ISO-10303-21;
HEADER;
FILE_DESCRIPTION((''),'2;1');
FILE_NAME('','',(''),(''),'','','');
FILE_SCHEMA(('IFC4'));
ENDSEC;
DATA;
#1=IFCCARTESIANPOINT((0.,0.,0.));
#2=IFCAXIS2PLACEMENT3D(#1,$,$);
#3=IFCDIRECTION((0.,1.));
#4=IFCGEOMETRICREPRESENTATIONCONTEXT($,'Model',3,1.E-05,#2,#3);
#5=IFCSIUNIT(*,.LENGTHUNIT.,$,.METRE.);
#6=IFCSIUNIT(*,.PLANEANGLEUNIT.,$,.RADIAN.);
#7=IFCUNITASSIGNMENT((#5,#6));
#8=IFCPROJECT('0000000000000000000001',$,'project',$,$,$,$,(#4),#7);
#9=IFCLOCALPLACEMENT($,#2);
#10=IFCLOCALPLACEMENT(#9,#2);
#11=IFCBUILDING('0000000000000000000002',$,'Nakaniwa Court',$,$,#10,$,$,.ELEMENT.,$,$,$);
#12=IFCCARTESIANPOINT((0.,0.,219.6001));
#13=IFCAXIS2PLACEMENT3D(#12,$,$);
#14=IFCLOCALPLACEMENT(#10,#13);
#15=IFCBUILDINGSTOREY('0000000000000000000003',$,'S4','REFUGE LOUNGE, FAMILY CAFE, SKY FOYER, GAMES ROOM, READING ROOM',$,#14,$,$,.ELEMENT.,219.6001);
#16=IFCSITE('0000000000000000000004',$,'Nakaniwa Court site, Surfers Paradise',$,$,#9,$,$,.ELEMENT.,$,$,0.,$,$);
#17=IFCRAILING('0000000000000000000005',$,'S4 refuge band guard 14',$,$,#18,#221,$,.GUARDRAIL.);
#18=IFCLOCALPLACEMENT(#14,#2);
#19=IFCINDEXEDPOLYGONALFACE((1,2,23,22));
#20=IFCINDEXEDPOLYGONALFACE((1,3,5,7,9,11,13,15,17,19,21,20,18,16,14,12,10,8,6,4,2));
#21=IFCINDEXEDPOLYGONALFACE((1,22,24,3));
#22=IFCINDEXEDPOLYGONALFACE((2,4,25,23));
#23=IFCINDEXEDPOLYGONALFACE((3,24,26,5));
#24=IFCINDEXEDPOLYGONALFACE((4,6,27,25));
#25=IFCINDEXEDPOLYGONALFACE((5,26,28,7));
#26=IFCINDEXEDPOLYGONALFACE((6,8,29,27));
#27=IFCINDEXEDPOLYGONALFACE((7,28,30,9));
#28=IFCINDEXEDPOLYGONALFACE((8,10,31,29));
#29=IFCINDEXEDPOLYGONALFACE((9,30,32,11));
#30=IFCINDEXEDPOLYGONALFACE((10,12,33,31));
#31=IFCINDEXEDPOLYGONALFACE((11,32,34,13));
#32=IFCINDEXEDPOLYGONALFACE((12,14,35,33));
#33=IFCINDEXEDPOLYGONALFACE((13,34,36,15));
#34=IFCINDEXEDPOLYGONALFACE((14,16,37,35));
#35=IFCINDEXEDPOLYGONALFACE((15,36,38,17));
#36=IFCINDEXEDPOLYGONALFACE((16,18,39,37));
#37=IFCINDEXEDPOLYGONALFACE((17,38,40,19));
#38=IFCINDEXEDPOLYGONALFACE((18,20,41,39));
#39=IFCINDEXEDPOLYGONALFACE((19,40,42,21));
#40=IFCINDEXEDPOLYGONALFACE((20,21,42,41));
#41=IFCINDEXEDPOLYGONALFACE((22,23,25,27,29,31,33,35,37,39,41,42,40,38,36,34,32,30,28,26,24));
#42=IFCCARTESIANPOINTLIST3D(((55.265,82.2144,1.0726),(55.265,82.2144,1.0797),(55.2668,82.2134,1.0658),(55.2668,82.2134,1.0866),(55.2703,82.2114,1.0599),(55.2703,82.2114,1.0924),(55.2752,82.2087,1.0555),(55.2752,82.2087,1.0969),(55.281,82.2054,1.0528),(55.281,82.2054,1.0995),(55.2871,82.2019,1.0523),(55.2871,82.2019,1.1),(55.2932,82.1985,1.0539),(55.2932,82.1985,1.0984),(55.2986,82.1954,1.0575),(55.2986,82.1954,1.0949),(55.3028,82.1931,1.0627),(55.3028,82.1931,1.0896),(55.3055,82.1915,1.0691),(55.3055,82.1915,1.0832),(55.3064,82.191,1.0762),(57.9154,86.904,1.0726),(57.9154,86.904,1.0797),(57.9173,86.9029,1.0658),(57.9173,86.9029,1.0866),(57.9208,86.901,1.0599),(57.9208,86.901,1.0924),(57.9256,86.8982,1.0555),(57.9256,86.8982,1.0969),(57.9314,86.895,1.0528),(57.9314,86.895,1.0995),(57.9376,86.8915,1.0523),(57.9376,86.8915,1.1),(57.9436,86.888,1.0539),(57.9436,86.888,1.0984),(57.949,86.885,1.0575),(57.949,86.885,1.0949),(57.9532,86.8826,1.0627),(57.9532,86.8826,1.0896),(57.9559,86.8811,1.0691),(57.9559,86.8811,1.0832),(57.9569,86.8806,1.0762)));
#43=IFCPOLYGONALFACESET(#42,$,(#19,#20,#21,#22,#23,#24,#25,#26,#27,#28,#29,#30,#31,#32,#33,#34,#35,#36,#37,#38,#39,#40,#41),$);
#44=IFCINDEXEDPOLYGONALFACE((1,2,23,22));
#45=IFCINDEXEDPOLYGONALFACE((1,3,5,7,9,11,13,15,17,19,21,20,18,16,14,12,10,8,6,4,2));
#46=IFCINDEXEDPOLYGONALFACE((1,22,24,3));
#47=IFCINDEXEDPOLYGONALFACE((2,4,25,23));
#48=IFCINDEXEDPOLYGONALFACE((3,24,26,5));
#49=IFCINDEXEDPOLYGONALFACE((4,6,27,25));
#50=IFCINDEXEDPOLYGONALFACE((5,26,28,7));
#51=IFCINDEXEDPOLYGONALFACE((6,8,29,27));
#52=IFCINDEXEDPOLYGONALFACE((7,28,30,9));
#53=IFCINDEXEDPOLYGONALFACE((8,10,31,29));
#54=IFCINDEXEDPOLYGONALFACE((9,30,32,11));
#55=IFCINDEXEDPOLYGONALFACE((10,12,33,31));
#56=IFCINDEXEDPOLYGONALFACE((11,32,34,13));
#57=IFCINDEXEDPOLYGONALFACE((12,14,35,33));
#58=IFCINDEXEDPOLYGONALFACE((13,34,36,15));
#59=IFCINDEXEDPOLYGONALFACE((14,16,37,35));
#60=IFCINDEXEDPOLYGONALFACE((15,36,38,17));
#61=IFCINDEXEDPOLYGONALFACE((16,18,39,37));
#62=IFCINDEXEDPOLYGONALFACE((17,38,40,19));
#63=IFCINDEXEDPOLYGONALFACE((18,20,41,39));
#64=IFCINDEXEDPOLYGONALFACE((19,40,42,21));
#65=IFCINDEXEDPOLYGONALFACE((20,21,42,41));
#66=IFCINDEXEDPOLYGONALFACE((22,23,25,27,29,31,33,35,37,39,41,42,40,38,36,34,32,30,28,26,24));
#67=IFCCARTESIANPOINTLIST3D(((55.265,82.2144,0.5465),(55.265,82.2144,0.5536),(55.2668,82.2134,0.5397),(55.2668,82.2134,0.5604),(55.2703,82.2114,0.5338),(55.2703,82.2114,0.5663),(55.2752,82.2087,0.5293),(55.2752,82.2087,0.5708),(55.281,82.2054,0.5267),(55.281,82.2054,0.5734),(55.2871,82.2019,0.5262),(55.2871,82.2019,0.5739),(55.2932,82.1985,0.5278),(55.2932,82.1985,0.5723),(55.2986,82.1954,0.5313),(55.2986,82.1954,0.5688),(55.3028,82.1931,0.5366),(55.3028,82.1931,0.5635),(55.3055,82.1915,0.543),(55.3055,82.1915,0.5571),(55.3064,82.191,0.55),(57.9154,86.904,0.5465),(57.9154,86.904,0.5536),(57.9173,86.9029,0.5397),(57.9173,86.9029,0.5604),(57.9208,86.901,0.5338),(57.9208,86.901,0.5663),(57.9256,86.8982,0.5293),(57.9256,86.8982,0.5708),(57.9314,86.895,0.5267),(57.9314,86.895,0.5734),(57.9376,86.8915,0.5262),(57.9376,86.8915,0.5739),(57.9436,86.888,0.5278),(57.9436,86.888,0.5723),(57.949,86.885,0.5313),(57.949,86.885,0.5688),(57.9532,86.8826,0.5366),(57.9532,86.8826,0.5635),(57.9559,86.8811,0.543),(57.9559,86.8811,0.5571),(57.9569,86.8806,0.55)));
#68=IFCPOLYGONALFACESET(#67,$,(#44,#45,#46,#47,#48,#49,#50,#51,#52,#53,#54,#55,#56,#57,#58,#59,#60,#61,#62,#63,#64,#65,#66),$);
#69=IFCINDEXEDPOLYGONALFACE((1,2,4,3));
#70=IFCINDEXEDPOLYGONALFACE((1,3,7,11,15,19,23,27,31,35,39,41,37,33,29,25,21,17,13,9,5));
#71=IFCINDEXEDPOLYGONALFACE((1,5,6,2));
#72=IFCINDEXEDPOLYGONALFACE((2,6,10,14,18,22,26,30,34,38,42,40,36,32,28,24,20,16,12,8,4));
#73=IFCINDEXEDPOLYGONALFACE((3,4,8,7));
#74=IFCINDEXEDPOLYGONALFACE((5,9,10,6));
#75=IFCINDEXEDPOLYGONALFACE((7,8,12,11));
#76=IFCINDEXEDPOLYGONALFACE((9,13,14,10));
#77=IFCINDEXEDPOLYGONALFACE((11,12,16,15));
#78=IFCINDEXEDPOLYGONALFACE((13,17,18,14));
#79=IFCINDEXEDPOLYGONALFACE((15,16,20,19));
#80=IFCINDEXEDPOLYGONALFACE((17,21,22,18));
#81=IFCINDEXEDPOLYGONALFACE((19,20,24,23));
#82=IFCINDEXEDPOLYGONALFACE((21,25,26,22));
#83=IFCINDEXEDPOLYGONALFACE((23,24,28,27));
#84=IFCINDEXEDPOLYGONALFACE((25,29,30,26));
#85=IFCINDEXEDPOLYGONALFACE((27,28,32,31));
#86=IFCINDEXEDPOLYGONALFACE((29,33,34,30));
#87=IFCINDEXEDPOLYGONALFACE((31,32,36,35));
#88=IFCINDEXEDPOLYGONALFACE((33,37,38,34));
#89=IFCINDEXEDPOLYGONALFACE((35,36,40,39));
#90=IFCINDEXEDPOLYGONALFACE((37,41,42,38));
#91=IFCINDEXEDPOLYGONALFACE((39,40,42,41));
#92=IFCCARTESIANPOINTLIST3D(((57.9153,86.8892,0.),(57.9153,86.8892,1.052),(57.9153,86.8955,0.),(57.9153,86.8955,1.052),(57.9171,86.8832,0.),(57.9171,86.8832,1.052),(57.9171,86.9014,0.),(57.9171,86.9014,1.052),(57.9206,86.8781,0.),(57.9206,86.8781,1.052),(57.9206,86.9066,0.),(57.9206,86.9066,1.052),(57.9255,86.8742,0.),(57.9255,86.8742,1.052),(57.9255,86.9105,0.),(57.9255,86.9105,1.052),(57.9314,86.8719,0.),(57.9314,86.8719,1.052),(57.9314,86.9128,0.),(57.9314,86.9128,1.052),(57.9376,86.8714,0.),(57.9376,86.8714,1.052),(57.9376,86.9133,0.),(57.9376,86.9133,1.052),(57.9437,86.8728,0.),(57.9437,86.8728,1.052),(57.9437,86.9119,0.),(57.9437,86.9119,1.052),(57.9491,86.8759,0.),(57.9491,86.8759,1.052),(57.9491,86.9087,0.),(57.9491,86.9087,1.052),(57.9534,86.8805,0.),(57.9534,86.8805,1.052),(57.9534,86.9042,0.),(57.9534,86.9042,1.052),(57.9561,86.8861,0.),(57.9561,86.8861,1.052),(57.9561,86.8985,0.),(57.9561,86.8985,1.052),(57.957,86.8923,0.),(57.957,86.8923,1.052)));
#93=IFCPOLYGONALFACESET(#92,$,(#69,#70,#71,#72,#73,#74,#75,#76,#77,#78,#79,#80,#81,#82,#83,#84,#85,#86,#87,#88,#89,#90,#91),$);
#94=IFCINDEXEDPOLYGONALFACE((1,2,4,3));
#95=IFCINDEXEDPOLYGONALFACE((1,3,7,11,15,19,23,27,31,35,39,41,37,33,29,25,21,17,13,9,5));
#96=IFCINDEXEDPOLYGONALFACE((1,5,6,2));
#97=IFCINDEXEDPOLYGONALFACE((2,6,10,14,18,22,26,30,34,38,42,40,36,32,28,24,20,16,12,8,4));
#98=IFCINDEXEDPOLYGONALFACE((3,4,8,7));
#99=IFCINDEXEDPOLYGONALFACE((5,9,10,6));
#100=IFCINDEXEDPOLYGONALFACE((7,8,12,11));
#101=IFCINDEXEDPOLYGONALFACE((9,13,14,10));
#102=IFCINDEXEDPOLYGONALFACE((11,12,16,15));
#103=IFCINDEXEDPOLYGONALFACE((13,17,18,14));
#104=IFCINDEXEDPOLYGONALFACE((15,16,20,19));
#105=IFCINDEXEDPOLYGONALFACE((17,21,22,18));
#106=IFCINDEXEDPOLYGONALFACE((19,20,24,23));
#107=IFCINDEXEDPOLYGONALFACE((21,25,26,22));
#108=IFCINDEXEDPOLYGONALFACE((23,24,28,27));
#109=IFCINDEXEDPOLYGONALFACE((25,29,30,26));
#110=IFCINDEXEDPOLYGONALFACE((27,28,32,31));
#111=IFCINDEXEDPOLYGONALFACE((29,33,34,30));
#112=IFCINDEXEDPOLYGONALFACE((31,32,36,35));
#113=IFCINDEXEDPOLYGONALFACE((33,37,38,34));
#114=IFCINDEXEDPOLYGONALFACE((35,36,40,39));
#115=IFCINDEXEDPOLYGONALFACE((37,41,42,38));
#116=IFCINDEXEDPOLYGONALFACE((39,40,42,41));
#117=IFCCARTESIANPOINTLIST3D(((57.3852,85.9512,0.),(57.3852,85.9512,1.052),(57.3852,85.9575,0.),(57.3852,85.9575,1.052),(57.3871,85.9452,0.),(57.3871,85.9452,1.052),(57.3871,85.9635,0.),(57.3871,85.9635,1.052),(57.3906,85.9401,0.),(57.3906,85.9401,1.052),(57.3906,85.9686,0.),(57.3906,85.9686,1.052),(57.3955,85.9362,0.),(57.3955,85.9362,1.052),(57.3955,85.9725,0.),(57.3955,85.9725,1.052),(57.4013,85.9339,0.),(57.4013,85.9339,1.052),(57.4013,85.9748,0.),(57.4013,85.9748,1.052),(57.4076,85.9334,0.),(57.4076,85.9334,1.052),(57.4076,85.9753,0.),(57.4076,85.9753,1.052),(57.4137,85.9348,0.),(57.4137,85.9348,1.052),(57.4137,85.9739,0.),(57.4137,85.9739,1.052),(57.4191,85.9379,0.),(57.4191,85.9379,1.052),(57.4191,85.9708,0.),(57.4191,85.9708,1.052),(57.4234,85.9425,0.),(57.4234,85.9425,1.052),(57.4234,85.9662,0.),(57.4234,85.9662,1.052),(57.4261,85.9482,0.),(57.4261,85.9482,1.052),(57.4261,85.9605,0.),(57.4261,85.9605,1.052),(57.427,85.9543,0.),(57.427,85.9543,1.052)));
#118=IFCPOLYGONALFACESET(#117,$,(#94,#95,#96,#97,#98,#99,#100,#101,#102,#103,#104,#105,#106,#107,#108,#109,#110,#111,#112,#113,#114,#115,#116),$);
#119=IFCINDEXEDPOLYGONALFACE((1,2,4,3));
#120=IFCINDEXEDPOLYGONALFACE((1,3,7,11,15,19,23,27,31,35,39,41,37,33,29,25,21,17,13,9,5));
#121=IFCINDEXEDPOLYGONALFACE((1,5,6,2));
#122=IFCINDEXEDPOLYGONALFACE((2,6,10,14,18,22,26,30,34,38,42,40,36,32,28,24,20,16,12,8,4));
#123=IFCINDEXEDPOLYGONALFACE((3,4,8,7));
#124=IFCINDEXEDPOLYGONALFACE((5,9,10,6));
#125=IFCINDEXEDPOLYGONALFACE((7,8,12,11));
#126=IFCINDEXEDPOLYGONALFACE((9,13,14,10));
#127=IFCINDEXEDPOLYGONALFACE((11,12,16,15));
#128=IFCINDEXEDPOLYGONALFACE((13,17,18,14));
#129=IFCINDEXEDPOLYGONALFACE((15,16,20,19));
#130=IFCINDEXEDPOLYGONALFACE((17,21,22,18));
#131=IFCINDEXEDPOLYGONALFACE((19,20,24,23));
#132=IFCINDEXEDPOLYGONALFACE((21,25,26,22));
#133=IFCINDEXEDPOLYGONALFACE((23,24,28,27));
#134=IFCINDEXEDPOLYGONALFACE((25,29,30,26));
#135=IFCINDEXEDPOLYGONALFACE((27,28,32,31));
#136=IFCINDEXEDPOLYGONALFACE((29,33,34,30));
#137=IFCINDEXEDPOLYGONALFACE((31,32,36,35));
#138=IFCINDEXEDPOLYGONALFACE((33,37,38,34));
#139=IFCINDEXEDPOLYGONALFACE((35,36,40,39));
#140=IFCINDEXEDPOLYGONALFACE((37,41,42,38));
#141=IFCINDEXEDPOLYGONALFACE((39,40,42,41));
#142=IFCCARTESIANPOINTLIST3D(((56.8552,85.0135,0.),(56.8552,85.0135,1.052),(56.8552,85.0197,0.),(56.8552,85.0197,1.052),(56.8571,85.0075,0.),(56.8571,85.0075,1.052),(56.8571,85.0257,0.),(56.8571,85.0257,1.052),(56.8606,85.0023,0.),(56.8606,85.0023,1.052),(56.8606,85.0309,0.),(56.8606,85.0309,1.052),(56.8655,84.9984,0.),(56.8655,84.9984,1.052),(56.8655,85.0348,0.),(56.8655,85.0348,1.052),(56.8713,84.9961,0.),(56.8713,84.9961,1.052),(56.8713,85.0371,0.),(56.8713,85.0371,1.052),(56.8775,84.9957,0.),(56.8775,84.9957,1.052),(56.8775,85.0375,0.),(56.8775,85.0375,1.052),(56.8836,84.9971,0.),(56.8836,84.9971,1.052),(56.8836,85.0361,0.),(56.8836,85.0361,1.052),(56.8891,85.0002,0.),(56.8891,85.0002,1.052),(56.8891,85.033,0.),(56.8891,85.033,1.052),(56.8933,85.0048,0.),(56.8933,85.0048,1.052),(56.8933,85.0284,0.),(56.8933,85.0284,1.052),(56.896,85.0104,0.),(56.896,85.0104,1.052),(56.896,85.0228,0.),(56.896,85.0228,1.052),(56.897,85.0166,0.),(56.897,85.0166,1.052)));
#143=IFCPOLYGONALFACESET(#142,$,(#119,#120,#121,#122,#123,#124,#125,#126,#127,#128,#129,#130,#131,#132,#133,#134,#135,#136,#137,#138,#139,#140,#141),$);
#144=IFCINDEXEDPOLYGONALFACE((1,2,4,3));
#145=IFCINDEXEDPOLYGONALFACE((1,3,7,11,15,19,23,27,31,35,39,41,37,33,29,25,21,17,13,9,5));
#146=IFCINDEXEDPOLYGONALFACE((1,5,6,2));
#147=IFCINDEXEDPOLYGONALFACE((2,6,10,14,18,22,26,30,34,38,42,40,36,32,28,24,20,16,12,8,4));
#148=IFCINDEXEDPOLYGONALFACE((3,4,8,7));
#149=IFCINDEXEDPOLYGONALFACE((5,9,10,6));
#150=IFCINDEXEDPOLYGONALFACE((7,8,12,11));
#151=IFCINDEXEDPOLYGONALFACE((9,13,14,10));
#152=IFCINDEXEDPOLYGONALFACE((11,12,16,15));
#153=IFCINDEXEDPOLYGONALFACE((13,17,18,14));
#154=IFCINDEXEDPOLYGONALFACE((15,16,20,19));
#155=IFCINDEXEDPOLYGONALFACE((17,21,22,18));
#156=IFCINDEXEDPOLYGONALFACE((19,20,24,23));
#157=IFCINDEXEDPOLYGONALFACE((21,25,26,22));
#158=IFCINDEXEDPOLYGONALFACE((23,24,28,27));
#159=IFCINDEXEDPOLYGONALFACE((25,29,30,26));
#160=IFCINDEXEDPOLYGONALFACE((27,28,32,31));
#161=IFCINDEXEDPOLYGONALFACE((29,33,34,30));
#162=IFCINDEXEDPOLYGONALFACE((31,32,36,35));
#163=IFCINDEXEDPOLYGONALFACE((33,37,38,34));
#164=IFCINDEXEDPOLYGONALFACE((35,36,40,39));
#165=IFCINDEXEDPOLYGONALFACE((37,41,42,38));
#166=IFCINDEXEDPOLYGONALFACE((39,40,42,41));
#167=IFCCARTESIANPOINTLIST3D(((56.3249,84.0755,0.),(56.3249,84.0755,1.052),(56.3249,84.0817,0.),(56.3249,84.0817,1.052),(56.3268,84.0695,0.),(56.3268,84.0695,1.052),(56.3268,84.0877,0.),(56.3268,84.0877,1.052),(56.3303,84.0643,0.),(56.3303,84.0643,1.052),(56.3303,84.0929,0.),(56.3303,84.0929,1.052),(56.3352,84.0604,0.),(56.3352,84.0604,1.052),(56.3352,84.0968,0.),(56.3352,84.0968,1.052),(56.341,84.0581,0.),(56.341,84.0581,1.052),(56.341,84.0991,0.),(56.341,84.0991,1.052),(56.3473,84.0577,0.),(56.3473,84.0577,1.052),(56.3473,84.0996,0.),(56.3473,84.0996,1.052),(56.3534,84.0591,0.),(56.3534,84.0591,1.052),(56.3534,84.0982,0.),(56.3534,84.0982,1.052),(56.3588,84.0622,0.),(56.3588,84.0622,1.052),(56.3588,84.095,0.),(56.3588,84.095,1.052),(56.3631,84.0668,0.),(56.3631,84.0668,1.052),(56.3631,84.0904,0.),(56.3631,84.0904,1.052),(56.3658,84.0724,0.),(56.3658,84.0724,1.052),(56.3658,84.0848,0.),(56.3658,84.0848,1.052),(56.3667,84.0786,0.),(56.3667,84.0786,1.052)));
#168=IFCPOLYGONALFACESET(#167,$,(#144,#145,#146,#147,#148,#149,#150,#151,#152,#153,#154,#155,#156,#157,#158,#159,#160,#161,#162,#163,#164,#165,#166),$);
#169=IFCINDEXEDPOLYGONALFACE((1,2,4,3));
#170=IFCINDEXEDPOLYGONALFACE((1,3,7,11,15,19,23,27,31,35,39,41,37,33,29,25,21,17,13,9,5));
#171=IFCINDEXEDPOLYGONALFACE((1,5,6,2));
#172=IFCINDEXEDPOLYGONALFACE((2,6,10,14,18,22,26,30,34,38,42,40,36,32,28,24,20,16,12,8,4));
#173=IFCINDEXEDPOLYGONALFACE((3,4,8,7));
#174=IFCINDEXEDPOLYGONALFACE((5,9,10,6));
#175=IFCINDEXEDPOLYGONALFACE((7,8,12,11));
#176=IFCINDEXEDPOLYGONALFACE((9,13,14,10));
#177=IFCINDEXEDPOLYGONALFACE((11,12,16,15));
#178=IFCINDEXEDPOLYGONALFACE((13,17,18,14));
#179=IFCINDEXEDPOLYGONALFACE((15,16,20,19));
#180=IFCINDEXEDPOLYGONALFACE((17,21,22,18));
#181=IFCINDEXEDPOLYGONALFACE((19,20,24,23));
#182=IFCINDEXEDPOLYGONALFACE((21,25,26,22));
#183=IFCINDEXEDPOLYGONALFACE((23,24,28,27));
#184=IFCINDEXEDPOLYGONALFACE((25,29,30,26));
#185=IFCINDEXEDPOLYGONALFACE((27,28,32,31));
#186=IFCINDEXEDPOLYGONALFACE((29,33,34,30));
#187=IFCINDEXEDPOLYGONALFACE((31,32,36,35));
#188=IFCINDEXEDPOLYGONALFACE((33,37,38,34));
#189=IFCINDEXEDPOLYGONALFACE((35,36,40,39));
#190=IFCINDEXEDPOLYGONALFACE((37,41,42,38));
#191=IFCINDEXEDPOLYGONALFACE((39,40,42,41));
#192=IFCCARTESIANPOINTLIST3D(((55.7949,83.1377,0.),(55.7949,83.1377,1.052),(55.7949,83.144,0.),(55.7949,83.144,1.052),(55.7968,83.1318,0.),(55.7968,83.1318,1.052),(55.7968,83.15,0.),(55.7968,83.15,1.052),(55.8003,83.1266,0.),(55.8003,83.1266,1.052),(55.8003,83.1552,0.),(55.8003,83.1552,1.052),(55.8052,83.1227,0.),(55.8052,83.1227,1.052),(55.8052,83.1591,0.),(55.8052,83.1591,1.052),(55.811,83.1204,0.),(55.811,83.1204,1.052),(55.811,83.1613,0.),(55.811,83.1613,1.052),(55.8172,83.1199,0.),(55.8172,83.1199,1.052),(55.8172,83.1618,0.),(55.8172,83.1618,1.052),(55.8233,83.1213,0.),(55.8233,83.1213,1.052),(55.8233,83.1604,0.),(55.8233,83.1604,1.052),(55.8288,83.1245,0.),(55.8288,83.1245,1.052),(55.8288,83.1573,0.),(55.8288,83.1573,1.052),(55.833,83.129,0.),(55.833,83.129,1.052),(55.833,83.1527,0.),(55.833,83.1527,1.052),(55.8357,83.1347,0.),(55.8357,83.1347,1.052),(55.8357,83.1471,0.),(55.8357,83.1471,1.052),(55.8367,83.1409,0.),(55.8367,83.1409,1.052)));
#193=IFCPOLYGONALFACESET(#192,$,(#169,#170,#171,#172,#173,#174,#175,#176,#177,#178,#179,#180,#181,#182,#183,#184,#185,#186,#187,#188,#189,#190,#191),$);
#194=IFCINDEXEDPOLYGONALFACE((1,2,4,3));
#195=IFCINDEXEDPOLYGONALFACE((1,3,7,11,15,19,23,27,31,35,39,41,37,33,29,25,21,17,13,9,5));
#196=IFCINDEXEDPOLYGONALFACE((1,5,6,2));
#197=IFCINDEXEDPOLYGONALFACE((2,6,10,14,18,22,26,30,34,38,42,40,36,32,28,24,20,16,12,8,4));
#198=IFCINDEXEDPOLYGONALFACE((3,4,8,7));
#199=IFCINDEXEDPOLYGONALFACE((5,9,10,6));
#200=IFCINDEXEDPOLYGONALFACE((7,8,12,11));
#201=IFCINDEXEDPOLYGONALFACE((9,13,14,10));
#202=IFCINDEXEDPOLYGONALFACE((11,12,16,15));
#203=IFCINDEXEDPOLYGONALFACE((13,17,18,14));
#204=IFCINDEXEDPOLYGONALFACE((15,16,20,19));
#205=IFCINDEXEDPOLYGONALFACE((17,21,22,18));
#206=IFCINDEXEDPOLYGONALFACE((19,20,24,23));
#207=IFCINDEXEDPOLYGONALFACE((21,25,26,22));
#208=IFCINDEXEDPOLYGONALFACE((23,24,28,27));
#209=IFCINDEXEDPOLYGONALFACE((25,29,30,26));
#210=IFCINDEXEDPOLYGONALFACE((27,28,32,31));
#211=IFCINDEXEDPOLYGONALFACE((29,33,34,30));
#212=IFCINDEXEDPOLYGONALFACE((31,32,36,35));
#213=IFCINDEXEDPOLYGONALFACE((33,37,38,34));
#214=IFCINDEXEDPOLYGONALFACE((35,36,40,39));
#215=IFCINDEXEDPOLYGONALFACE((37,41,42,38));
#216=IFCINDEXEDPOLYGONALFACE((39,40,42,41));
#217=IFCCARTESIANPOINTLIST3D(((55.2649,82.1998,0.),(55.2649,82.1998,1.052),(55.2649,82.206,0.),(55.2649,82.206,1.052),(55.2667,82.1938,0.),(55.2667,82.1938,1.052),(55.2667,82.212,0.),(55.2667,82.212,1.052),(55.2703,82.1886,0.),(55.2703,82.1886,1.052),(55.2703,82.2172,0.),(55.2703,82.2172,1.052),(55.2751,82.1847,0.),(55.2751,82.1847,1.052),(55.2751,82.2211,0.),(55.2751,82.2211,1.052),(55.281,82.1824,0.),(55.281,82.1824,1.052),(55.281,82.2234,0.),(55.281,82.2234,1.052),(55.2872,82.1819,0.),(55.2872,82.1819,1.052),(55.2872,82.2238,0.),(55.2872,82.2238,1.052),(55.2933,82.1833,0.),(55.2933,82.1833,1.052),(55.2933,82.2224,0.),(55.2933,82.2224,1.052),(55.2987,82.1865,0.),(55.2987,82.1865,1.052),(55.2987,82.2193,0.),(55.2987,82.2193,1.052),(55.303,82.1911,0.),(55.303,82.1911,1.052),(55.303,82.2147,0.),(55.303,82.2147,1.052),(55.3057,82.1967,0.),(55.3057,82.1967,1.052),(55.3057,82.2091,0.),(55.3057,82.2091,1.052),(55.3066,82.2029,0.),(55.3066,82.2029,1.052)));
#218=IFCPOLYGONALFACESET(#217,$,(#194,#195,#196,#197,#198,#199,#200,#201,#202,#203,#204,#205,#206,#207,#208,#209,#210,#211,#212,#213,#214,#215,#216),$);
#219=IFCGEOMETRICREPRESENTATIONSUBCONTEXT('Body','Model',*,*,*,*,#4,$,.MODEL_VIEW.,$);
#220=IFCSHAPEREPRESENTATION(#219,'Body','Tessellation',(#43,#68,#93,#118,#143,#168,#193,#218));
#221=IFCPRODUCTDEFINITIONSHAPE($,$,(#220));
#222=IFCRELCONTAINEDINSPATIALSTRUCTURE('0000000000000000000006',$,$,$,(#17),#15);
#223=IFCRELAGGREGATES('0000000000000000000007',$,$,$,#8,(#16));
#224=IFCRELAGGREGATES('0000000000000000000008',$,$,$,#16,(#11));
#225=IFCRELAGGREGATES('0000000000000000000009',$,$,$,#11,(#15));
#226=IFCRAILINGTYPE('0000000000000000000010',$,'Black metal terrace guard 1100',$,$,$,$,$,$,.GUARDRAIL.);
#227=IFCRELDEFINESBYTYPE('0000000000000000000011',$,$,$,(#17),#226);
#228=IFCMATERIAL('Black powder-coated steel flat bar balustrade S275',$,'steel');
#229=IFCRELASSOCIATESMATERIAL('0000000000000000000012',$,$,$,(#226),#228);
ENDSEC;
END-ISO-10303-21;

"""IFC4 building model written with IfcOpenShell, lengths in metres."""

from ifc_helpers import new_model, si_unit, direction, frame, origin, origin_2d, place, context, subcontext, project, spatial, circle, extrude, material, type_object, element, save


model = new_model("IFC4")

# Units and contexts
model_context = context("Model", 3, precision=1e-05, world=origin(), true_north=direction((0.0, 1.0)))
body_context = subcontext(model_context, "Body", "Model", "MODEL_VIEW")
ifc_project = project(units=[si_unit("LENGTHUNIT", "METRE"), si_unit("PLANEANGLEUNIT", "RADIAN")], contexts=[model_context])

# Site, building, storey
site_placement = place(None, origin())
site = spatial("IfcSite", under=ifc_project, at=site_placement, Name="Nakaniwa Court site, Surfers Paradise", CompositionType="ELEMENT", RefElevation=0.0)
building_placement = place(site_placement, origin())
building = spatial("IfcBuilding", under=site, at=building_placement, Name="Nakaniwa Court", CompositionType="ELEMENT")
storey_placement = place(building_placement, frame((0.0, 0.0, 219.6001)))
storey = spatial("IfcBuildingStorey", under=building, at=storey_placement, Name="S4", Description="REFUGE LOUNGE, FAMILY CAFE, SKY FOYER, GAMES ROOM, READING ROOM", CompositionType="ELEMENT", Elevation=219.6001)

# Railing
ifc_material_1 = material(Name="Black powder-coated steel flat bar balustrade S275", Category="steel")
railing_type = type_object("IfcRailingType", Name="Black metal terrace guard 1100", PredefinedType="GUARDRAIL", material=ifc_material_1)
railing_placement = place(storey_placement, frame((57.936, 86.8923, 0.0)))
element("IfcRailing", 1, at=railing_placement, inside=storey, type_object=railing_type, Name="S4 refuge band guard 14", PredefinedType="GUARDRAIL", context=body_context, shape_type="SweptSolid", body=[
    extrude(circle(Radius=0.0239, at=origin_2d()), frame((0.0, 0.0, 1.0762), z_axis=(-0.492033, -0.870576, 0.0), x_axis=(0.870576, -0.492033, 0.0)), (0.0, 0.0, 1.0), 5.3867),
    extrude(circle(Radius=0.0239, at=origin_2d()), frame((0.0, 0.0, 0.55), z_axis=(-0.492033, -0.870576, 0.0), x_axis=(0.870576, -0.492033, 0.0)), (0.0, 0.0, 1.0), 5.3867),
    extrude(circle(Radius=0.021, at=origin_2d()), origin(), (0.0, 0.0, 1.0), 1.052),
    extrude(circle(Radius=0.021, at=origin_2d()), frame((-0.53, -0.938, 0.0)), (0.0, 0.0, 1.0), 1.052),
    extrude(circle(Radius=0.021, at=origin_2d()), frame((-1.0601, -1.8757, 0.0)), (0.0, 0.0, 1.0), 1.052),
    extrude(circle(Radius=0.021, at=origin_2d()), frame((-1.5903, -2.8137, 0.0)), (0.0, 0.0, 1.0), 1.052),
    extrude(circle(Radius=0.021, at=origin_2d()), frame((-2.1204, -3.7515, 0.0)), (0.0, 0.0, 1.0), 1.052),
    extrude(circle(Radius=0.021, at=origin_2d()), frame((-2.6504, -4.6895, 0.0)), (0.0, 0.0, 1.0), 1.052),
])

save(model, "model.ifc")
